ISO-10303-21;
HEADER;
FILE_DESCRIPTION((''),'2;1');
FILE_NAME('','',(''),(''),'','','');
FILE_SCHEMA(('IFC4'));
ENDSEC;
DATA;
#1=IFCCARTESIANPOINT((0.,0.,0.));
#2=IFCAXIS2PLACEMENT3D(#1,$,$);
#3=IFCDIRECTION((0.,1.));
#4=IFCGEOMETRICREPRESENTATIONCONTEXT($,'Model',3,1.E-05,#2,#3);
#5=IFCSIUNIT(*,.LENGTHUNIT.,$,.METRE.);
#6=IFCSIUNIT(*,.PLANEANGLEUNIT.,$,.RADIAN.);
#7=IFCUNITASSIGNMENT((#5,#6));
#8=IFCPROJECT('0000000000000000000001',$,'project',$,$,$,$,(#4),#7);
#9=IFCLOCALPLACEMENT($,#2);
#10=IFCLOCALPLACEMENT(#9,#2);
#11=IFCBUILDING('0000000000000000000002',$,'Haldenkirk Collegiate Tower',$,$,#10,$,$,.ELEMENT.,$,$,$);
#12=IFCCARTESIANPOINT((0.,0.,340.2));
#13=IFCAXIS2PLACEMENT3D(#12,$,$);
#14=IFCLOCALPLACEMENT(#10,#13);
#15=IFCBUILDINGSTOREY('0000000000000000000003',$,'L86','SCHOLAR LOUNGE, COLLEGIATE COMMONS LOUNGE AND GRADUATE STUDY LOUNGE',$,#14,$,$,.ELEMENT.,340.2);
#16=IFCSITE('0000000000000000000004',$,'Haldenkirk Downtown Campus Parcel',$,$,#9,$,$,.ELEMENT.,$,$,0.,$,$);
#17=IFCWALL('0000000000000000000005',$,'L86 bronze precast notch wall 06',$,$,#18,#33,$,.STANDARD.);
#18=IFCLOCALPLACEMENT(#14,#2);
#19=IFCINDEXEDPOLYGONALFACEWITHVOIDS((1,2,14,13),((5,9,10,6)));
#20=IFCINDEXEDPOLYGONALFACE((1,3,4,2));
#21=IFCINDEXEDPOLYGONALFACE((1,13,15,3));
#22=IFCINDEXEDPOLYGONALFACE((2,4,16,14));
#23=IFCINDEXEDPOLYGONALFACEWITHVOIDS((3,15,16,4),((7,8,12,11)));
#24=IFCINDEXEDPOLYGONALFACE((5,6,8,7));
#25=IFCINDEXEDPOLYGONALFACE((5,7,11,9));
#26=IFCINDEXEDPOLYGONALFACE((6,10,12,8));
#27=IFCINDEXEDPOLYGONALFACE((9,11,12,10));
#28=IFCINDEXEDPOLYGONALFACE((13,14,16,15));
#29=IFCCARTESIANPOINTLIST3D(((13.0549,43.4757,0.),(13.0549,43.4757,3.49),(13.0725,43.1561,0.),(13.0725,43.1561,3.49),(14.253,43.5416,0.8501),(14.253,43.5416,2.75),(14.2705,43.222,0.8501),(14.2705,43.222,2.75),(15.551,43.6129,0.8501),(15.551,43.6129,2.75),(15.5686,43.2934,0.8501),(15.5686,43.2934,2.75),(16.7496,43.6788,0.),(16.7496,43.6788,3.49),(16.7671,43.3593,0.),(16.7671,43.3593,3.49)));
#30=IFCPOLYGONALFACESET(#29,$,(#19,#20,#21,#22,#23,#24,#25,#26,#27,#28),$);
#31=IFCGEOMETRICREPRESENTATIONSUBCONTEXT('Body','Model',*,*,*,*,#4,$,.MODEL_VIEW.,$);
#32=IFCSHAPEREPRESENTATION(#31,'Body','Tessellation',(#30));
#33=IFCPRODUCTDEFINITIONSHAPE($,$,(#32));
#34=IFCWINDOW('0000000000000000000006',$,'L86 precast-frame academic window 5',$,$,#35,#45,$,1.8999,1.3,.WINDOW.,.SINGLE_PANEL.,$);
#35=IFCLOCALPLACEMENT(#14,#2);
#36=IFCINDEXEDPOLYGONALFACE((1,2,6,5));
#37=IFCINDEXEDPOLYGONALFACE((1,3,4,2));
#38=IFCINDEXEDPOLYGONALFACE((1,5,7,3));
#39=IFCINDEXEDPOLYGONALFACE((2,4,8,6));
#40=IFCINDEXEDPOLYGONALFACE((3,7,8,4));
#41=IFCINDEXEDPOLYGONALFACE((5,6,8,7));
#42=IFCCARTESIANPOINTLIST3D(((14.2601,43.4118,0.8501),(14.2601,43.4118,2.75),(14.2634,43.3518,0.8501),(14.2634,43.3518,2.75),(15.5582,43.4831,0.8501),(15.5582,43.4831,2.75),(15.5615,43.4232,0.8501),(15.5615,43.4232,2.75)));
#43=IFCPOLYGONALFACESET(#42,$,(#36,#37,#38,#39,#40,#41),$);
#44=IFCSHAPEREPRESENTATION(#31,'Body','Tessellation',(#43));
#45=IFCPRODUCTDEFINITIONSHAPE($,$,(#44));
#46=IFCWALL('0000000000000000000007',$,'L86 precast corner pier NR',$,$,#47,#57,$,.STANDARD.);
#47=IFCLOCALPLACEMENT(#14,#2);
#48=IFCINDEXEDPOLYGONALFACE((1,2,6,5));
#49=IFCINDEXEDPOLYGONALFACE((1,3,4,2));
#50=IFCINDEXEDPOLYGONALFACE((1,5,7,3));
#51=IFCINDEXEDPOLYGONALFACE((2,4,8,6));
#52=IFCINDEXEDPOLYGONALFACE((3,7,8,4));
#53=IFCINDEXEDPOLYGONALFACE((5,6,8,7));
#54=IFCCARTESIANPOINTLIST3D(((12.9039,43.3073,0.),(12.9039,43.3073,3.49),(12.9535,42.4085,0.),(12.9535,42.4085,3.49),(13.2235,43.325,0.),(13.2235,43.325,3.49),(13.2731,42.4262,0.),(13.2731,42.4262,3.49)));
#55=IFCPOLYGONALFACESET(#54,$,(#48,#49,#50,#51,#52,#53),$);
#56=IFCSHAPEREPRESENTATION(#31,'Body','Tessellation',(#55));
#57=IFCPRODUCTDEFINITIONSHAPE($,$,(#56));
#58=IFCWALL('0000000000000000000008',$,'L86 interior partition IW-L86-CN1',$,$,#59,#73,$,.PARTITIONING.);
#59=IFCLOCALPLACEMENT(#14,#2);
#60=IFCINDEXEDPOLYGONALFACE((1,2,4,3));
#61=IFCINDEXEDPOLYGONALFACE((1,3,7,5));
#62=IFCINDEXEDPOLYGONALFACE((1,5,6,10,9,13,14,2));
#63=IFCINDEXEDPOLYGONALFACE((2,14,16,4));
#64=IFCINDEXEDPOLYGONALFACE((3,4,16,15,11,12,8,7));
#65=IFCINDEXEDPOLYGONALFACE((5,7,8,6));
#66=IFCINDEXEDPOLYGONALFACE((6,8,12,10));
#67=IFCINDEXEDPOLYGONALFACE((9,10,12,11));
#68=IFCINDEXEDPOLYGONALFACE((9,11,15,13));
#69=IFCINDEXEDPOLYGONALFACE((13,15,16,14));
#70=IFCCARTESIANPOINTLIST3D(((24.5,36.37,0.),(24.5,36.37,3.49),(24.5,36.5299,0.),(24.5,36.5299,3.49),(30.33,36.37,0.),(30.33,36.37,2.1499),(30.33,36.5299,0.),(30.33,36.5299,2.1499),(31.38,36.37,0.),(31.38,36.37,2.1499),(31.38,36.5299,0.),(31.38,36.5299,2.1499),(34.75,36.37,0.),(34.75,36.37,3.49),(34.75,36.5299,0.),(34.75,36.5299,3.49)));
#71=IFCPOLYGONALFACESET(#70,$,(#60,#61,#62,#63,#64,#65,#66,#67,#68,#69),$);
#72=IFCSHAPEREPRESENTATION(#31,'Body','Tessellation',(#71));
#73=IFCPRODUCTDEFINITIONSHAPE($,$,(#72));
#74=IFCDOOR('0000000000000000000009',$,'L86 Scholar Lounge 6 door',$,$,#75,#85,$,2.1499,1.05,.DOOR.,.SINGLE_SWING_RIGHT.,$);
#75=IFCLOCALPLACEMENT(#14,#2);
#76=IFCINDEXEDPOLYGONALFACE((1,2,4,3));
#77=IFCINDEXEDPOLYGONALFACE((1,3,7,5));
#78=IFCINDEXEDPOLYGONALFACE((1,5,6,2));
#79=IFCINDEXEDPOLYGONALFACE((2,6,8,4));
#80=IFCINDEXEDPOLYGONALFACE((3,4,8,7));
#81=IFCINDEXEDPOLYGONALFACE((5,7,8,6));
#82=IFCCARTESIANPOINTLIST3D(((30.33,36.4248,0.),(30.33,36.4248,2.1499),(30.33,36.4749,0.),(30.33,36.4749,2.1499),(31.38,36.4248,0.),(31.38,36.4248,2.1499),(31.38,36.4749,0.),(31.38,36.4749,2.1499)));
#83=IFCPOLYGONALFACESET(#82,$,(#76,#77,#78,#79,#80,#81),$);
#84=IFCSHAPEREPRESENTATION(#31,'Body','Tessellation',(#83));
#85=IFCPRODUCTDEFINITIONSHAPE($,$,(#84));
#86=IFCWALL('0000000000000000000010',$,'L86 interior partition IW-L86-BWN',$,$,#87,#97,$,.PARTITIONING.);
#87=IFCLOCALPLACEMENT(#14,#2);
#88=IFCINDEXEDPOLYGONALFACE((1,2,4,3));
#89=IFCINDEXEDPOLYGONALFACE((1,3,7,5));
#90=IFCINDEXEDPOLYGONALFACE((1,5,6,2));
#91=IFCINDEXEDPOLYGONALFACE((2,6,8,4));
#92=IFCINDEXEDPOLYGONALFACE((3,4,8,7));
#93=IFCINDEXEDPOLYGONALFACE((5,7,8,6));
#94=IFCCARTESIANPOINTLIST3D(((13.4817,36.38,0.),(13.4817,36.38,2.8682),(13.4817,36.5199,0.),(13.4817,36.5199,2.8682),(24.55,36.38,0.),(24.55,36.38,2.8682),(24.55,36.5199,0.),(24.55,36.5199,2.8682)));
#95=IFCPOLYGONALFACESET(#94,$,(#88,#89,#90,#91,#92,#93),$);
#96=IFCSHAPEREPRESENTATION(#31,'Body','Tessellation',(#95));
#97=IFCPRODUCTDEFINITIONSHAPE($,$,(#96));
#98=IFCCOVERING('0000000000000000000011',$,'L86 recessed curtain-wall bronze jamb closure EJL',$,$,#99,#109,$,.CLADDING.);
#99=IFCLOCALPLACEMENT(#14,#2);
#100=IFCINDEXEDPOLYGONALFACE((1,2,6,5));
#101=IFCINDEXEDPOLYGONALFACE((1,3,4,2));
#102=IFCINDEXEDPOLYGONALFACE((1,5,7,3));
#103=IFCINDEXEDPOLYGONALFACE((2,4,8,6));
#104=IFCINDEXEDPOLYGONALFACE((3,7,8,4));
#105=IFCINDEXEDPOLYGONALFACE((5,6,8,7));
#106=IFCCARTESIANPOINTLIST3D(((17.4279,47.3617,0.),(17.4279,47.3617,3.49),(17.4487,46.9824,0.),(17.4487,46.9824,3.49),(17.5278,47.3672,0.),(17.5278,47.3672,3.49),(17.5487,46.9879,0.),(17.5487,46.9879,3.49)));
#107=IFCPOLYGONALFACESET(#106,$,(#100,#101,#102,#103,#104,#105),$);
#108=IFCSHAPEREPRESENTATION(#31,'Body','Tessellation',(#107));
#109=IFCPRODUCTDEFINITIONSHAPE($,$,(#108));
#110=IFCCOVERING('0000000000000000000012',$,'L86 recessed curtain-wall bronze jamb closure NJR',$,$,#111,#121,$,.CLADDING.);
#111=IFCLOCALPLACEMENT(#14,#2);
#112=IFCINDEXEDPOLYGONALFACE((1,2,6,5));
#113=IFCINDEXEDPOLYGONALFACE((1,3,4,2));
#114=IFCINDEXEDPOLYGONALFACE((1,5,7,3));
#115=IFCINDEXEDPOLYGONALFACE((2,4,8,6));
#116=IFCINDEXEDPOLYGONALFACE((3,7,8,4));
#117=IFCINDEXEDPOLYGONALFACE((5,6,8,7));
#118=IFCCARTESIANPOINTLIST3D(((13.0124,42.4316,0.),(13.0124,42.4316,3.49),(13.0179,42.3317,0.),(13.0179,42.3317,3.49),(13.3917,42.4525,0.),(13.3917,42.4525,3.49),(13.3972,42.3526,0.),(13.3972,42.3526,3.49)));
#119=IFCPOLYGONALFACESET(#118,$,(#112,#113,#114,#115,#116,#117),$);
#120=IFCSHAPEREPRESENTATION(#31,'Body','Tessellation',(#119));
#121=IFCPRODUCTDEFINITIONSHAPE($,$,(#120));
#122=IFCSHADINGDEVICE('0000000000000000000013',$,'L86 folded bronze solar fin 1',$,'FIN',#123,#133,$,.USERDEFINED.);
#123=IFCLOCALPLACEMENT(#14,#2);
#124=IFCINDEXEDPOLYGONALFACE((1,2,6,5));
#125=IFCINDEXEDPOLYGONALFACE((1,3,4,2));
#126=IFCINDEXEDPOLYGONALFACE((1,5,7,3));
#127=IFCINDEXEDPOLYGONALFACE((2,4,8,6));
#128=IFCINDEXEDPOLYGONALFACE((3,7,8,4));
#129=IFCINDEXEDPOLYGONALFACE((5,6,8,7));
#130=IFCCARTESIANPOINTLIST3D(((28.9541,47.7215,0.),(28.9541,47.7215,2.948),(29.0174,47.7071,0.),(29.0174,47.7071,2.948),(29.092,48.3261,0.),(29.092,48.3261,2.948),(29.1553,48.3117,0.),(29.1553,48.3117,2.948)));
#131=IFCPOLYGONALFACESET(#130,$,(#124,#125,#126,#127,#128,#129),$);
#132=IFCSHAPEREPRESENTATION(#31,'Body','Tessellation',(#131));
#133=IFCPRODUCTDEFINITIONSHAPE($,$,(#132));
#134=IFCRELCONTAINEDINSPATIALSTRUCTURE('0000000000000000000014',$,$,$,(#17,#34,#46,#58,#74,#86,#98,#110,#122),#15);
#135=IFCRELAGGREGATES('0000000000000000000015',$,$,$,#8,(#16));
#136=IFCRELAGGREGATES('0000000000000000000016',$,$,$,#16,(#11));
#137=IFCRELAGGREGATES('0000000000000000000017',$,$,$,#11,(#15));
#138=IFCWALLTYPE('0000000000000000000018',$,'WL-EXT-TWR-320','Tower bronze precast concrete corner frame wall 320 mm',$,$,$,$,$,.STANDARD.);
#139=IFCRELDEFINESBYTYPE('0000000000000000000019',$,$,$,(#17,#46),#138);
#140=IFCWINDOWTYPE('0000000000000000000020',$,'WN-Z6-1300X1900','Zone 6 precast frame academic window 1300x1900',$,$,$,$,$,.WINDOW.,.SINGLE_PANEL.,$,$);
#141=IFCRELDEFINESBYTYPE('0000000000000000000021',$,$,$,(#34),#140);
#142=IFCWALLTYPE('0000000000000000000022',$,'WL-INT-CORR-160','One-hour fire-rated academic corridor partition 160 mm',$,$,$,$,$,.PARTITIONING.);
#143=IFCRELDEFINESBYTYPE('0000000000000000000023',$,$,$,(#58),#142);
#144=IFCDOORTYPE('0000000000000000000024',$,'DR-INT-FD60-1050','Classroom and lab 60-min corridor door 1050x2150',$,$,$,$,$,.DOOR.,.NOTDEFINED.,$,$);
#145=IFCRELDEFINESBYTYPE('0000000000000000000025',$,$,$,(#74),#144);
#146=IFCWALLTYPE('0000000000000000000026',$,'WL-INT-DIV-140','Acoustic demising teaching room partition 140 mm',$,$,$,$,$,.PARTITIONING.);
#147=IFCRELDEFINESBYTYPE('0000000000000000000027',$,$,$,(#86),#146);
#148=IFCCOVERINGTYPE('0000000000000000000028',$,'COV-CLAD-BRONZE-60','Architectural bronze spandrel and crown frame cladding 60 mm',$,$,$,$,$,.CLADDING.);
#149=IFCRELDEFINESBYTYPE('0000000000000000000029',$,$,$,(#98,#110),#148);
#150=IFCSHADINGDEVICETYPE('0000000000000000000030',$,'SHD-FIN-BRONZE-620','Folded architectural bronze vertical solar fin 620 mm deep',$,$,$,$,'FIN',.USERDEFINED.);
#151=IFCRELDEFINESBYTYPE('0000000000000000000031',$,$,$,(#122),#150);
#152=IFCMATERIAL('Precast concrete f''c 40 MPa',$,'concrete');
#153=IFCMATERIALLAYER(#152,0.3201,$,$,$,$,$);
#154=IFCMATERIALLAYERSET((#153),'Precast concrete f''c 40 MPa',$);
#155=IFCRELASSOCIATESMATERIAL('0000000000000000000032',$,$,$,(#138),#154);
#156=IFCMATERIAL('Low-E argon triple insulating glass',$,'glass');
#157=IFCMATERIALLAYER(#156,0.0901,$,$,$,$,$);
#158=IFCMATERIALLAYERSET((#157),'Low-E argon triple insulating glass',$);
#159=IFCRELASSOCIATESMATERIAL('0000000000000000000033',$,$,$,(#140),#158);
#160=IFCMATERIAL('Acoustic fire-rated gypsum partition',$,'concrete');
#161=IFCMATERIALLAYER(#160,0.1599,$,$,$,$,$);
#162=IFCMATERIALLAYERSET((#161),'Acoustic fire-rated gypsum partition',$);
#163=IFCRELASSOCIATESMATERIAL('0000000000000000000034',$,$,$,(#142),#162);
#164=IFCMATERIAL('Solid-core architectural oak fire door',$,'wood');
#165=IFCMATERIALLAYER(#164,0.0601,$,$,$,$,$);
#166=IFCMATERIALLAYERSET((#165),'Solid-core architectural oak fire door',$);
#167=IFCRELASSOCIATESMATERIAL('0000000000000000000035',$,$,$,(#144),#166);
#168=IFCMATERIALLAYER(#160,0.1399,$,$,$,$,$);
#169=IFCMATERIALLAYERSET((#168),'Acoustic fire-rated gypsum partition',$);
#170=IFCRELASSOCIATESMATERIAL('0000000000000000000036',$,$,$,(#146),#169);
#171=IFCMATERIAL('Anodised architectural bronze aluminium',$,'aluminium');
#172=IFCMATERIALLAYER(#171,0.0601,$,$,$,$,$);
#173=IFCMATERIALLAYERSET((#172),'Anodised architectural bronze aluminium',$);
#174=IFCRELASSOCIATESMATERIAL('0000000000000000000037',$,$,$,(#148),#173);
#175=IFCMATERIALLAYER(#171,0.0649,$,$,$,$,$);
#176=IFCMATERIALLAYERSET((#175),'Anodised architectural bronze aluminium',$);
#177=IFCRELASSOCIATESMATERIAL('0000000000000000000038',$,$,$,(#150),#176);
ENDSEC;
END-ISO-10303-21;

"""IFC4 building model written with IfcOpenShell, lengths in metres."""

from ifc_helpers import new_model, si_unit, direction, frame, frame_2d, origin, origin_2d, place, context, subcontext, project, spatial, rectangle, extrude, source, transform, mapped, material, layer, layer_set, type_object, element, fill, save


model = new_model("IFC4")

# Units and contexts
model_context = context("Model", 3, precision=1e-05, world=origin(), true_north=direction((0.0, 1.0)))
body_context = subcontext(model_context, "Body", "Model", "MODEL_VIEW")
ifc_project = project(units=[si_unit("LENGTHUNIT", "METRE"), si_unit("PLANEANGLEUNIT", "RADIAN")], contexts=[model_context])

# Site, building, storey
site_placement = place(None, origin())
site = spatial("IfcSite", under=ifc_project, at=site_placement, Name="Haldenkirk Downtown Campus Parcel", CompositionType="ELEMENT", RefElevation=0.0)
building_placement = place(site_placement, origin())
building = spatial("IfcBuilding", under=site, at=building_placement, Name="Haldenkirk Collegiate Tower", CompositionType="ELEMENT")
storey_placement = place(building_placement, frame((0.0, 0.0, 340.2)))
storey = spatial("IfcBuildingStorey", under=building, at=storey_placement, Name="L86", Description="SCHOLAR LOUNGE, COLLEGIATE COMMONS LOUNGE AND GRADUATE STUDY LOUNGE", CompositionType="ELEMENT", Elevation=340.2)

# Shared definitions
ifc_material_1 = material(Name="Anodised architectural bronze aluminium", Category="aluminium")

# Shared definitions
ifc_material_2 = material(Name="Low-E argon triple insulating glass", Category="glass")

# Shared definitions
ifc_material_3 = material(Name="Precast concrete f'c 40 MPa", Category="concrete")
ifc_layer_1 = layer(ifc_material_3, 0.3201)
ifc_layer_set_1 = layer_set([ifc_layer_1], Name="Precast concrete f'c 40 MPa")
wall_type_1 = type_object("IfcWallType", Name="WL-EXT-TWR-320", Description="Tower bronze precast concrete corner frame wall 320 mm", PredefinedType="STANDARD", material=ifc_layer_set_1)

# Wall, opening, window
wall_1_placement = place(storey_placement, frame((13.0637, 43.3159, 0.0), z_axis=(0.0, 0.0, 1.0), x_axis=(0.998492, 0.054896, 0.0)))
wall_1 = element("IfcWall", 1, at=wall_1_placement, inside=storey, type_object=wall_type_1, Name="L86 bronze precast notch wall 06", PredefinedType="STANDARD", context=body_context, shape_type="SweptSolid", body=[
    extrude(rectangle(XDim=3.7002, YDim=0.3201, at=frame_2d((1.8501, 0.0))), origin(), (0.0, 0.0, 1.0), 3.49),
])
opening_1_placement = place(wall_1_placement, frame((1.2, 0.0, 0.8501)))
opening_1 = element("IfcOpeningElement", 2, at=opening_1_placement, cuts=wall_1, PredefinedType="OPENING", context=body_context, shape_type="SweptSolid", body=[
    extrude(rectangle(XDim=1.3, YDim=1.8999, at=frame_2d((0.6499, 0.95))), frame((0.0, 0.1699, 0.0), z_axis=(0.0, -1.0, 0.0), x_axis=(1.0, 0.0, 0.0)), (0.0, 0.0, 1.0), 0.3401),
])
ifc_layer_2 = layer(ifc_material_2, 0.0901)
ifc_layer_set_2 = layer_set([ifc_layer_2], Name="Low-E argon triple insulating glass")
window_type = type_object("IfcWindowType", Name="WN-Z6-1300X1900", Description="Zone 6 precast frame academic window 1300x1900", PartitioningType="SINGLE_PANEL", PredefinedType="WINDOW", material=ifc_layer_set_2)
window_placement = place(opening_1_placement, origin())
window = element("IfcWindow", 3, at=window_placement, inside=storey, type_object=window_type, Name="L86 precast-frame academic window 5", OverallHeight=1.8999, OverallWidth=1.3, PartitioningType="SINGLE_PANEL", PredefinedType="WINDOW", context=body_context, shape_type="SweptSolid", body=[
    extrude(rectangle(XDim=1.3, YDim=1.8999, at=frame_2d((0.6499, 0.95))), frame((0.0, 0.03, 0.0), z_axis=(0.0, -1.0, 0.0), x_axis=(1.0, 0.0, 0.0)), (0.0, 0.0, 1.0), 0.0601),
])
fill(opening_1, window)

# Wall
wall_2_placement = place(storey_placement, frame((13.1133, 42.4172, 0.0), z_axis=(0.0, 0.0, 1.0), x_axis=(-0.055064, 0.998483, 0.0)))
element("IfcWall", 4, at=wall_2_placement, inside=storey, type_object=wall_type_1, Name="L86 precast corner pier NR", PredefinedType="STANDARD", context=body_context, shape_type="SweptSolid", body=[
    extrude(rectangle(XDim=0.9001, YDim=0.3201, at=frame_2d((0.4502, 0.0))), origin(), (0.0, 0.0, 1.0), 3.49),
])

# Wall, opening, door
ifc_material_4 = material(Name="Acoustic fire-rated gypsum partition", Category="concrete")
ifc_layer_3 = layer(ifc_material_4, 0.1599)
ifc_layer_set_3 = layer_set([ifc_layer_3], Name="Acoustic fire-rated gypsum partition")
wall_type_2 = type_object("IfcWallType", Name="WL-INT-CORR-160", Description="One-hour fire-rated academic corridor partition 160 mm", PredefinedType="PARTITIONING", material=ifc_layer_set_3)
wall_3_placement = place(storey_placement, frame((24.5, 36.45, 0.0), z_axis=(0.0, 0.0, 1.0), x_axis=(1.0, 0.0, 0.0)))
wall_3 = element("IfcWall", 5, at=wall_3_placement, inside=storey, type_object=wall_type_2, Name="L86 interior partition IW-L86-CN1", PredefinedType="PARTITIONING", context=body_context, shape_type="SweptSolid", body=[
    extrude(rectangle(XDim=10.25, YDim=0.1599, at=frame_2d((5.125, 0.0))), origin(), (0.0, 0.0, 1.0), 3.49),
])
opening_2_placement = place(wall_3_placement, frame((5.8301, 0.0, 0.0)))
opening_2 = element("IfcOpeningElement", 6, at=opening_2_placement, cuts=wall_3, PredefinedType="OPENING", context=body_context, shape_type="SweptSolid", body=[
    extrude(rectangle(XDim=1.05, YDim=2.1499, at=frame_2d((0.5249, 1.075))), frame((0.0, 0.0898, 0.0), z_axis=(0.0, -1.0, 0.0), x_axis=(1.0, 0.0, 0.0)), (0.0, 0.0, 1.0), 0.1799),
])
ifc_material_5 = material(Name="Solid-core architectural oak fire door", Category="wood")
ifc_layer_4 = layer(ifc_material_5, 0.0601)
ifc_layer_set_4 = layer_set([ifc_layer_4], Name="Solid-core architectural oak fire door")
door_type = type_object("IfcDoorType", Name="DR-INT-FD60-1050", Description="Classroom and lab 60-min corridor door 1050x2150", OperationType="NOTDEFINED", PredefinedType="DOOR", material=ifc_layer_set_4)
door_placement = place(opening_2_placement, origin())
door = element("IfcDoor", 7, at=door_placement, inside=storey, type_object=door_type, Name="L86 Scholar Lounge 6 door", OperationType="SINGLE_SWING_RIGHT", OverallHeight=2.1499, OverallWidth=1.05, PredefinedType="DOOR", context=body_context, shape_type="SweptSolid", body=[
    extrude(rectangle(XDim=1.05, YDim=2.1499, at=frame_2d((0.5249, 1.075))), frame((0.0, 0.0249, 0.0), z_axis=(0.0, -1.0, 0.0), x_axis=(1.0, 0.0, 0.0)), (0.0, 0.0, 1.0), 0.05),
])
fill(opening_2, door)

# Wall
ifc_layer_5 = layer(ifc_material_4, 0.1399)
ifc_layer_set_5 = layer_set([ifc_layer_5], Name="Acoustic fire-rated gypsum partition")
wall_type_3 = type_object("IfcWallType", Name="WL-INT-DIV-140", Description="Acoustic demising teaching room partition 140 mm", PredefinedType="PARTITIONING", material=ifc_layer_set_5)
wall_4_placement = place(storey_placement, frame((13.4817, 36.45, 0.0), z_axis=(0.0, 0.0, 1.0), x_axis=(1.0, 0.0, 0.0)))
element("IfcWall", 8, at=wall_4_placement, inside=storey, type_object=wall_type_3, Name="L86 interior partition IW-L86-BWN", PredefinedType="PARTITIONING", context=body_context, shape_type="SweptSolid", body=[
    extrude(rectangle(XDim=11.0684, YDim=0.1399, at=frame_2d((5.5342, 0.0))), origin(), (0.0, 0.0, 1.0), 2.8682),
])

# Coverings
ifc_layer_6 = layer(ifc_material_1, 0.0601)
ifc_layer_set_6 = layer_set([ifc_layer_6], Name="Anodised architectural bronze aluminium")
covering_type = type_object("IfcCoveringType", Name="COV-CLAD-BRONZE-60", Description="Architectural bronze spandrel and crown frame cladding 60 mm", PredefinedType="CLADDING", material=ifc_layer_set_6)
shared_shape_1 = source(origin(), body_context, "Body", "SweptSolid", [
    extrude(rectangle(XDim=0.1001, YDim=0.3799, at=origin_2d()), origin(), (0.0, 0.0, 1.0), 3.49),
])
for number, where, z_axis, x_axis, name in (
    (9, (17.4883, 47.1748, 0.0), (0.0, 0.0, 1.0), (0.998489, 0.05495, 0.0), "L86 recessed curtain-wall bronze jamb closure EJL"),
    (10, (13.2048, 42.3921, 0.0), (0.0, 0.0, 1.0), (-0.05495, 0.998489, 0.0), "L86 recessed curtain-wall bronze jamb closure NJR"),
):
    element("IfcCovering", number, at=place(storey_placement, frame(where, z_axis=z_axis, x_axis=x_axis)), inside=storey, type_object=covering_type, Name=name, PredefinedType="CLADDING", context=body_context, shape_type="MappedRepresentation", body=[
        mapped(shared_shape_1, transform((0.0, 0.0, 0.0), x_axis=(1.0, 0.0, 0.0), y_axis=(0.0, 1.0, 0.0), z_axis=(0.0, 0.0, 1.0), scale=1.0)),
    ])

# Shading device
ifc_layer_7 = layer(ifc_material_1, 0.0649)
ifc_layer_set_7 = layer_set([ifc_layer_7], Name="Anodised architectural bronze aluminium")
shading_device_type = type_object("IfcShadingDeviceType", Name="SHD-FIN-BRONZE-620", Description="Folded architectural bronze vertical solar fin 620 mm deep", ElementType="FIN", PredefinedType="USERDEFINED", material=ifc_layer_set_7)
shared_shape_2 = source(origin(), body_context, "Body", "SweptSolid", [
    extrude(rectangle(XDim=0.6201, YDim=0.0649, at=origin_2d()), origin(), (0.0, 0.0, 1.0), 2.948),
])
shading_device_placement = place(storey_placement, frame((29.0547, 48.0166, 0.0), z_axis=(0.0, 0.0, 1.0), x_axis=(0.222399, 0.974956, 0.0)))
element("IfcShadingDevice", 11, at=shading_device_placement, inside=storey, type_object=shading_device_type, Name="L86 folded bronze solar fin 1", ObjectType="FIN", PredefinedType="USERDEFINED", context=body_context, shape_type="MappedRepresentation", body=[
    mapped(shared_shape_2, transform((0.0, 0.0, 0.0), x_axis=(1.0, 0.0, 0.0), y_axis=(0.0, 1.0, 0.0), z_axis=(0.0, 0.0, 1.0), scale=1.0)),
])

save(model, "model.ifc")
